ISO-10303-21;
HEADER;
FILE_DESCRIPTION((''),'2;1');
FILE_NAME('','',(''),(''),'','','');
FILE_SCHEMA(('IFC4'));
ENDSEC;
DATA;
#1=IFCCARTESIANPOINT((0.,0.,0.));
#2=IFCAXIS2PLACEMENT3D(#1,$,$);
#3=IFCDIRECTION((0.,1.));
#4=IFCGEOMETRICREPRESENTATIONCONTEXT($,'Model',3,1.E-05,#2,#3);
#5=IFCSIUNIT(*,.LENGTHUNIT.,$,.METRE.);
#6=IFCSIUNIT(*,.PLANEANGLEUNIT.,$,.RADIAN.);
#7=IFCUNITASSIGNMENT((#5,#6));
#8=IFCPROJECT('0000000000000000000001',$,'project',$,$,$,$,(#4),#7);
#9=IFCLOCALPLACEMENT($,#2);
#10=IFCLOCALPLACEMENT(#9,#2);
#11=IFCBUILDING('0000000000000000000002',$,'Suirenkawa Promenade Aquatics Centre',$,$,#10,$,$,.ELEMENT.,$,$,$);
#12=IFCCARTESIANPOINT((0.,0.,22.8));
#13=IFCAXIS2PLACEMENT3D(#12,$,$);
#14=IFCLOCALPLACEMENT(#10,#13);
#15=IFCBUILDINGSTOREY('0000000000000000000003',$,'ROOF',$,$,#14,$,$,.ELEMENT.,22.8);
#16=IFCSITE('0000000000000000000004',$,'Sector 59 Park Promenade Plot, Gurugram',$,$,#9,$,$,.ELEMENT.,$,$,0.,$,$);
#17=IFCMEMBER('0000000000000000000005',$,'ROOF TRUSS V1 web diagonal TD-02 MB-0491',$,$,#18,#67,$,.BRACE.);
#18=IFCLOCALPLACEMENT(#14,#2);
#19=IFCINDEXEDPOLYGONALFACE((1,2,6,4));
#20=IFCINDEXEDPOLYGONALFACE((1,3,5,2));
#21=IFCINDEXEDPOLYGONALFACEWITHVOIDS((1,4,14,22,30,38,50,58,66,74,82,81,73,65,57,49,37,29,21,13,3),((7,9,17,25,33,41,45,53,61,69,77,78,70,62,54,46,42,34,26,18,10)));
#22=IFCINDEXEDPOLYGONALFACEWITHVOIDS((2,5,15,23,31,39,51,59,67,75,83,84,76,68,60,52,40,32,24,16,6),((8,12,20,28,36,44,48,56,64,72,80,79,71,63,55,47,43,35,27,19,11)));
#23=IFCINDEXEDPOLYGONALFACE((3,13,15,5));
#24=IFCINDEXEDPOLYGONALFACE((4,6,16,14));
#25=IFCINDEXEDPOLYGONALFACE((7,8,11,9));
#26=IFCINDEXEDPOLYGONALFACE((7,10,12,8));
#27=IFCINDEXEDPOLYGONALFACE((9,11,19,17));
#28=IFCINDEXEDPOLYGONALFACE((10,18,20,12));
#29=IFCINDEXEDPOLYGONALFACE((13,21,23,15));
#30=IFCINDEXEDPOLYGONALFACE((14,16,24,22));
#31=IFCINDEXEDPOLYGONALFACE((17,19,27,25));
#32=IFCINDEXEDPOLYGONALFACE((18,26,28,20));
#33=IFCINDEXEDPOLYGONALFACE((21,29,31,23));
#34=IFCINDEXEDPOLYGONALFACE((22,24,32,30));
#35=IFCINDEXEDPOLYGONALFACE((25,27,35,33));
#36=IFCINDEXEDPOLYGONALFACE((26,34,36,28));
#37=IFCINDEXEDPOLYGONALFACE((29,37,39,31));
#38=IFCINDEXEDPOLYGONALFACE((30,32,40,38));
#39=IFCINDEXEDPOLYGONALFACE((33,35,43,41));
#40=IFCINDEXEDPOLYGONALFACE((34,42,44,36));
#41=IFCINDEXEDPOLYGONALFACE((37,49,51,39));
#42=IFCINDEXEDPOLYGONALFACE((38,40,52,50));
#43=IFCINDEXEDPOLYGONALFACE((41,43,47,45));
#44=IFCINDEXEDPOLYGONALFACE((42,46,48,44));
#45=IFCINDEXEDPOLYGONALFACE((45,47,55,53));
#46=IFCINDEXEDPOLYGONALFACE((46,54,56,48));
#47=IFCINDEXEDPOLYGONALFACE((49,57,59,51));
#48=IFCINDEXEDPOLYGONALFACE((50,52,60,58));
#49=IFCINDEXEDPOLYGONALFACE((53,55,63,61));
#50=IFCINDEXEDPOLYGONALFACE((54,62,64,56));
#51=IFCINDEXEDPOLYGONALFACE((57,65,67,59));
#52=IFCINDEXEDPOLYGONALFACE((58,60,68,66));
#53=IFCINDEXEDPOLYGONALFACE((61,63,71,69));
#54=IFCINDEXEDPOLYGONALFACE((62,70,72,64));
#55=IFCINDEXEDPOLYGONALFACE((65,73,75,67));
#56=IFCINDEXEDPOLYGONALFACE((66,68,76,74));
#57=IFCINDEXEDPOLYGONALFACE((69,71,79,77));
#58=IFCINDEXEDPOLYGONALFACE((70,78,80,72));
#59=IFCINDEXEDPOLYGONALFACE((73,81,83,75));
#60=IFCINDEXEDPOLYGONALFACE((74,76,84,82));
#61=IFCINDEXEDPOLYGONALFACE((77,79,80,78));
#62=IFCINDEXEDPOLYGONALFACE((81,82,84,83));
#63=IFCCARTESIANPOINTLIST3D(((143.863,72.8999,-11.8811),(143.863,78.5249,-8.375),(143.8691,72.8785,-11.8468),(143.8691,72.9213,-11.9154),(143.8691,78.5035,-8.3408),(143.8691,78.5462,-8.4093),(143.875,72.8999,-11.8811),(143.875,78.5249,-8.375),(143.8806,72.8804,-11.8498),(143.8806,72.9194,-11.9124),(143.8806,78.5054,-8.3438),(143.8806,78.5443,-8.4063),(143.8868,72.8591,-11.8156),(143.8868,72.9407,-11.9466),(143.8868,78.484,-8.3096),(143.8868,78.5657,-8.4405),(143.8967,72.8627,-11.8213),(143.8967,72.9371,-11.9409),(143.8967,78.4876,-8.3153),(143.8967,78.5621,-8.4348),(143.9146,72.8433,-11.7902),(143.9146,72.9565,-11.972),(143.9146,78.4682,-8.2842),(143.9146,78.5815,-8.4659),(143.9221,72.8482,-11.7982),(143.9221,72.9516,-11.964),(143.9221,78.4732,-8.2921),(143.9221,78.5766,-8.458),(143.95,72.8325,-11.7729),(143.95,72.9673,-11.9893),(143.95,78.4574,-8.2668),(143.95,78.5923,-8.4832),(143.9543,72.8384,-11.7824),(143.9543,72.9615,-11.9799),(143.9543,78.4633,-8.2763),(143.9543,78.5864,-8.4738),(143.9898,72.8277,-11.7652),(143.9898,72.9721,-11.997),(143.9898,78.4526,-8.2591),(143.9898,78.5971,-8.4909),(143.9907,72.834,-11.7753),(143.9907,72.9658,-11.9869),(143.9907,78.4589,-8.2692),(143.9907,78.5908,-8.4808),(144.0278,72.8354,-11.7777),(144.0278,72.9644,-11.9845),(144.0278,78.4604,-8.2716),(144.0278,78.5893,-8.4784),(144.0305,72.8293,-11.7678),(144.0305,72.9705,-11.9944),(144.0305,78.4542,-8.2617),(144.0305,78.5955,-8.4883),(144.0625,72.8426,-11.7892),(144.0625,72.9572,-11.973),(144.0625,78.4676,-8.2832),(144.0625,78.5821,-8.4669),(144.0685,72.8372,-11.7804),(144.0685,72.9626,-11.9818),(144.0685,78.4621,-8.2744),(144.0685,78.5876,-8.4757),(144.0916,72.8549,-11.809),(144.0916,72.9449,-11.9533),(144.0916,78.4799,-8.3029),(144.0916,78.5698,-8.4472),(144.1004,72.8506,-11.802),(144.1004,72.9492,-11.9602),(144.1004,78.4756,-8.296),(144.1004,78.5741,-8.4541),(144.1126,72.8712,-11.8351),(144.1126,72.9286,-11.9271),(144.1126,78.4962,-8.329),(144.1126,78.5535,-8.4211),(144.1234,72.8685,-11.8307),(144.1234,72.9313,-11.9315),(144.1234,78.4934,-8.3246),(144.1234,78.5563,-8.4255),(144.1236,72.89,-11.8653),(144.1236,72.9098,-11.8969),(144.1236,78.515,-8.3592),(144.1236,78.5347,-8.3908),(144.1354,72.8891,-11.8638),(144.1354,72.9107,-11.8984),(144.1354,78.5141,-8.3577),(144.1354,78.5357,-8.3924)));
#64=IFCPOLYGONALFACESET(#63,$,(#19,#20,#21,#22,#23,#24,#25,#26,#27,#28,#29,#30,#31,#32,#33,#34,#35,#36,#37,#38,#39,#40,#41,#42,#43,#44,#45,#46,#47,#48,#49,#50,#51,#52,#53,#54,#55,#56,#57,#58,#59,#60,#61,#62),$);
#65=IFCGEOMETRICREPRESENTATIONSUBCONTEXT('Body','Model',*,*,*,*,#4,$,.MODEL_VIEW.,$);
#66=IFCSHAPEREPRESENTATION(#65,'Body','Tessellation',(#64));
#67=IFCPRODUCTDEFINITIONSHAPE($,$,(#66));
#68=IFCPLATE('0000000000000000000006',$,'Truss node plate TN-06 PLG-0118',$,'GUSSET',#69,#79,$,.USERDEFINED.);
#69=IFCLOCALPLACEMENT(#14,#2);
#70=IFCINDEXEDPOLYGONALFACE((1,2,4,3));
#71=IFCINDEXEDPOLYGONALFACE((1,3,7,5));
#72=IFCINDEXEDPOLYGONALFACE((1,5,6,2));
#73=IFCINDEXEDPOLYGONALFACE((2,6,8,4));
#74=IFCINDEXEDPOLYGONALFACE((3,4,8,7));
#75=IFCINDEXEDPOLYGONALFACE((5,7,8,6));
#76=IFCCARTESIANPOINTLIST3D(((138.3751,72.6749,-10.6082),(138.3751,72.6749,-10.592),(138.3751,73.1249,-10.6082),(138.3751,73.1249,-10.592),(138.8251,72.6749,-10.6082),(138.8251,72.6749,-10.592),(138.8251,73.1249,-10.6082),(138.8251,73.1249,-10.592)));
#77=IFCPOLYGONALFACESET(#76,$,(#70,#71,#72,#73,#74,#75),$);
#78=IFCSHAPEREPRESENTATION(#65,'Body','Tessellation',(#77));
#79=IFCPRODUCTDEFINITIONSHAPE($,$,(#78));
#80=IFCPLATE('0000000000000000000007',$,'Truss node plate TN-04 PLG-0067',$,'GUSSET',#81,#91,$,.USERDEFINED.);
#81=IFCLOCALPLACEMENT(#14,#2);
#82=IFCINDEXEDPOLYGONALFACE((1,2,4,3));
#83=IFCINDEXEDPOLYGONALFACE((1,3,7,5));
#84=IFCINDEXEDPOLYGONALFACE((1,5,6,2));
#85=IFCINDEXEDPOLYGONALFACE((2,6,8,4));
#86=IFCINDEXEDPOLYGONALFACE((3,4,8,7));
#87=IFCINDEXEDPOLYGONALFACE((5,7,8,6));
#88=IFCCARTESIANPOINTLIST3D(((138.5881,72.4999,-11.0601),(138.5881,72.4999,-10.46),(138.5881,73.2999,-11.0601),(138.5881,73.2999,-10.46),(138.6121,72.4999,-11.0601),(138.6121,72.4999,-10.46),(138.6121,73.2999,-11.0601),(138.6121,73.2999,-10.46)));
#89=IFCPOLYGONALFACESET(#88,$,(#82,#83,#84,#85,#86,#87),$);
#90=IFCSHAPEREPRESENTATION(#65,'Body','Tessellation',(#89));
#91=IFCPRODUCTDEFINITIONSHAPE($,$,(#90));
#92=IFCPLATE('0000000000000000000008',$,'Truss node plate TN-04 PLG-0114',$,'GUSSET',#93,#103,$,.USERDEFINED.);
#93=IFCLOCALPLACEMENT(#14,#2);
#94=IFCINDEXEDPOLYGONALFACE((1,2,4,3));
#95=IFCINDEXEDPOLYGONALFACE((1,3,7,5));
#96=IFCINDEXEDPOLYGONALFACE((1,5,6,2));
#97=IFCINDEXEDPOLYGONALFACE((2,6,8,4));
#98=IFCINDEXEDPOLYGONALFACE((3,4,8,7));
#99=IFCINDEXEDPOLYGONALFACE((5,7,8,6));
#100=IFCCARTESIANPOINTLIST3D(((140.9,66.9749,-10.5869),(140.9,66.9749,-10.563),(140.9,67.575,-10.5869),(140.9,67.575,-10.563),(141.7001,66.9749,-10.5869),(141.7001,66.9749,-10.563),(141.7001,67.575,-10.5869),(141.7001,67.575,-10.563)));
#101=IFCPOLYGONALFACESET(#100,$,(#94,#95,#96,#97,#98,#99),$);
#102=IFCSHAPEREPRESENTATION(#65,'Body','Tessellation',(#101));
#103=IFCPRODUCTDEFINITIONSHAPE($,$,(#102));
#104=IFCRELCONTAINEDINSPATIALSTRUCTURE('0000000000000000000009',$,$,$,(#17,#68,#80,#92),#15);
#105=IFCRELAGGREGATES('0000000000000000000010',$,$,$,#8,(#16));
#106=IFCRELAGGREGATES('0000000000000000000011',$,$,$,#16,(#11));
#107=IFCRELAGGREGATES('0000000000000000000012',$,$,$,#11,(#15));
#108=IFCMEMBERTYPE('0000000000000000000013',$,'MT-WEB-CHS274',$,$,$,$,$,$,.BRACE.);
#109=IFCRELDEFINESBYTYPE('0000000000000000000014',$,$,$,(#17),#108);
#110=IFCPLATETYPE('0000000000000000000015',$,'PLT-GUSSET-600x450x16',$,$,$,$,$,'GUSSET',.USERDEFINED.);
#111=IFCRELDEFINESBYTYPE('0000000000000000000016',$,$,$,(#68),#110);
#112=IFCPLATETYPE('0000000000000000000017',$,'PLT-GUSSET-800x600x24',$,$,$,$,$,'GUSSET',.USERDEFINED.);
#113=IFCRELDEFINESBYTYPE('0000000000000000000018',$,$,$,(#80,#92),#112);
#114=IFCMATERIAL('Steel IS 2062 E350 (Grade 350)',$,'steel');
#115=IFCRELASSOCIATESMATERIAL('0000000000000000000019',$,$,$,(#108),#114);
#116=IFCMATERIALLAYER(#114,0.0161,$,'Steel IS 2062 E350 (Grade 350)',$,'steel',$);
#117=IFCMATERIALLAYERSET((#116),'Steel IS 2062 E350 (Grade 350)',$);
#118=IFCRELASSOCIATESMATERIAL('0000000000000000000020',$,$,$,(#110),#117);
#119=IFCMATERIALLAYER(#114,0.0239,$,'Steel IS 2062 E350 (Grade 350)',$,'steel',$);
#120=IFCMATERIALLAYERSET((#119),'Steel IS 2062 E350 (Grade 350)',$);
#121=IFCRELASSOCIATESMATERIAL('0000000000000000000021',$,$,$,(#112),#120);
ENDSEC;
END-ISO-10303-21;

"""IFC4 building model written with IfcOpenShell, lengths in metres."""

from ifc_helpers import new_model, si_unit, direction, frame, origin, origin_2d, place, context, subcontext, project, spatial, rectangle, hollow_circle, extrude, material, layer, layer_set, material_profile, profile_set, type_object, element, save


model = new_model("IFC4")

# Units and contexts
model_context = context("Model", 3, precision=1e-05, world=origin(), true_north=direction((0.0, 1.0)))
body_context = subcontext(model_context, "Body", "Model", "MODEL_VIEW")
ifc_project = project(units=[si_unit("LENGTHUNIT", "METRE"), si_unit("PLANEANGLEUNIT", "RADIAN")], contexts=[model_context])

# Site, building, storey
site_placement = place(None, origin())
site = spatial("IfcSite", under=ifc_project, at=site_placement, Name="Sector 59 Park Promenade Plot, Gurugram", CompositionType="ELEMENT", RefElevation=0.0)
building_placement = place(site_placement, origin())
building = spatial("IfcBuilding", under=site, at=building_placement, Name="Suirenkawa Promenade Aquatics Centre", CompositionType="ELEMENT")
storey_placement = place(building_placement, frame((0.0, 0.0, 22.8)))
storey = spatial("IfcBuildingStorey", under=building, at=storey_placement, Name="ROOF", CompositionType="ELEMENT", Elevation=22.8)

# Shared definitions
ifc_material = material(Name="Steel IS 2062 E350 (Grade 350)", Category="steel")

# Member
ifc_material_profile_1 = material_profile(ifc_material, hollow_circle(Radius=0.137, WallThickness=0.012, at=origin_2d()), Name="CHS 274x12", Category="steel")
ifc_profile_set_1 = profile_set([ifc_material_profile_1], Name="Steel IS 2062 E350 (Grade 350)")
member_type_1 = type_object("IfcMemberType", Name="MT-WEB-CHS274", PredefinedType="BRACE", material=ifc_profile_set_1)
member_1_placement = place(storey_placement, frame((144.0, 72.8999, -11.8811), z_axis=(0.0, 0.848643, 0.528966), x_axis=(-1.0, 0.0, 0.0)))
element("IfcMember", 1, at=member_1_placement, inside=storey, type_object=member_type_1, Name="ROOF TRUSS V1 web diagonal TD-02 MB-0491", PredefinedType="BRACE", context=body_context, shape_type="SweptSolid", body=[
    extrude(hollow_circle(Radius=0.137, WallThickness=0.012, at=origin_2d()), origin(), (0.0, 0.0, 1.0), 6.6282),
])

# Plates
ifc_layer_1 = layer(ifc_material, 0.0161, Name="Steel IS 2062 E350 (Grade 350)", Category="steel")
ifc_layer_set_1 = layer_set([ifc_layer_1], Name="Steel IS 2062 E350 (Grade 350)")
plate_type_1 = type_object("IfcPlateType", Name="PLT-GUSSET-600x450x16", ElementType="GUSSET", PredefinedType="USERDEFINED", material=ifc_layer_set_1)
plate_1_placement = place(storey_placement, frame((138.6001, 72.8999, -10.6082), z_axis=(0.0, 0.0, 1.0), x_axis=(1.0, 0.0, 0.0)))
element("IfcPlate", 2, at=plate_1_placement, inside=storey, type_object=plate_type_1, Name="Truss node plate TN-06 PLG-0118", ObjectType="GUSSET", PredefinedType="USERDEFINED", context=body_context, shape_type="SweptSolid", body=[
    extrude(rectangle(XDim=0.45, YDim=0.45, at=origin_2d()), origin(), (0.0, 0.0, 1.0), 0.0161),
])
ifc_layer_2 = layer(ifc_material, 0.0239, Name="Steel IS 2062 E350 (Grade 350)", Category="steel")
ifc_layer_set_2 = layer_set([ifc_layer_2], Name="Steel IS 2062 E350 (Grade 350)")
plate_type_2 = type_object("IfcPlateType", Name="PLT-GUSSET-800x600x24", ElementType="GUSSET", PredefinedType="USERDEFINED", material=ifc_layer_set_2)
plate_2_placement = place(storey_placement, frame((138.6001, 72.8999, -11.0601), z_axis=(0.0, 0.0, 1.0), x_axis=(0.0, 1.0, 0.0)))
element("IfcPlate", 3, at=plate_2_placement, inside=storey, type_object=plate_type_2, Name="Truss node plate TN-04 PLG-0067", ObjectType="GUSSET", PredefinedType="USERDEFINED", context=body_context, shape_type="SweptSolid", body=[
    extrude(rectangle(XDim=0.8, YDim=0.0239, at=origin_2d()), origin(), (0.0, 0.0, 1.0), 0.6001),
])
plate_3_placement = place(storey_placement, frame((141.3, 67.2749, -10.5869), z_axis=(0.0, 0.0, 1.0), x_axis=(1.0, 0.0, 0.0)))
element("IfcPlate", 4, at=plate_3_placement, inside=storey, type_object=plate_type_2, Name="Truss node plate TN-04 PLG-0114", ObjectType="GUSSET", PredefinedType="USERDEFINED", context=body_context, shape_type="SweptSolid", body=[
    extrude(rectangle(XDim=0.8, YDim=0.6001, at=origin_2d()), origin(), (0.0, 0.0, 1.0), 0.0239),
])

save(model, "model.ifc")
